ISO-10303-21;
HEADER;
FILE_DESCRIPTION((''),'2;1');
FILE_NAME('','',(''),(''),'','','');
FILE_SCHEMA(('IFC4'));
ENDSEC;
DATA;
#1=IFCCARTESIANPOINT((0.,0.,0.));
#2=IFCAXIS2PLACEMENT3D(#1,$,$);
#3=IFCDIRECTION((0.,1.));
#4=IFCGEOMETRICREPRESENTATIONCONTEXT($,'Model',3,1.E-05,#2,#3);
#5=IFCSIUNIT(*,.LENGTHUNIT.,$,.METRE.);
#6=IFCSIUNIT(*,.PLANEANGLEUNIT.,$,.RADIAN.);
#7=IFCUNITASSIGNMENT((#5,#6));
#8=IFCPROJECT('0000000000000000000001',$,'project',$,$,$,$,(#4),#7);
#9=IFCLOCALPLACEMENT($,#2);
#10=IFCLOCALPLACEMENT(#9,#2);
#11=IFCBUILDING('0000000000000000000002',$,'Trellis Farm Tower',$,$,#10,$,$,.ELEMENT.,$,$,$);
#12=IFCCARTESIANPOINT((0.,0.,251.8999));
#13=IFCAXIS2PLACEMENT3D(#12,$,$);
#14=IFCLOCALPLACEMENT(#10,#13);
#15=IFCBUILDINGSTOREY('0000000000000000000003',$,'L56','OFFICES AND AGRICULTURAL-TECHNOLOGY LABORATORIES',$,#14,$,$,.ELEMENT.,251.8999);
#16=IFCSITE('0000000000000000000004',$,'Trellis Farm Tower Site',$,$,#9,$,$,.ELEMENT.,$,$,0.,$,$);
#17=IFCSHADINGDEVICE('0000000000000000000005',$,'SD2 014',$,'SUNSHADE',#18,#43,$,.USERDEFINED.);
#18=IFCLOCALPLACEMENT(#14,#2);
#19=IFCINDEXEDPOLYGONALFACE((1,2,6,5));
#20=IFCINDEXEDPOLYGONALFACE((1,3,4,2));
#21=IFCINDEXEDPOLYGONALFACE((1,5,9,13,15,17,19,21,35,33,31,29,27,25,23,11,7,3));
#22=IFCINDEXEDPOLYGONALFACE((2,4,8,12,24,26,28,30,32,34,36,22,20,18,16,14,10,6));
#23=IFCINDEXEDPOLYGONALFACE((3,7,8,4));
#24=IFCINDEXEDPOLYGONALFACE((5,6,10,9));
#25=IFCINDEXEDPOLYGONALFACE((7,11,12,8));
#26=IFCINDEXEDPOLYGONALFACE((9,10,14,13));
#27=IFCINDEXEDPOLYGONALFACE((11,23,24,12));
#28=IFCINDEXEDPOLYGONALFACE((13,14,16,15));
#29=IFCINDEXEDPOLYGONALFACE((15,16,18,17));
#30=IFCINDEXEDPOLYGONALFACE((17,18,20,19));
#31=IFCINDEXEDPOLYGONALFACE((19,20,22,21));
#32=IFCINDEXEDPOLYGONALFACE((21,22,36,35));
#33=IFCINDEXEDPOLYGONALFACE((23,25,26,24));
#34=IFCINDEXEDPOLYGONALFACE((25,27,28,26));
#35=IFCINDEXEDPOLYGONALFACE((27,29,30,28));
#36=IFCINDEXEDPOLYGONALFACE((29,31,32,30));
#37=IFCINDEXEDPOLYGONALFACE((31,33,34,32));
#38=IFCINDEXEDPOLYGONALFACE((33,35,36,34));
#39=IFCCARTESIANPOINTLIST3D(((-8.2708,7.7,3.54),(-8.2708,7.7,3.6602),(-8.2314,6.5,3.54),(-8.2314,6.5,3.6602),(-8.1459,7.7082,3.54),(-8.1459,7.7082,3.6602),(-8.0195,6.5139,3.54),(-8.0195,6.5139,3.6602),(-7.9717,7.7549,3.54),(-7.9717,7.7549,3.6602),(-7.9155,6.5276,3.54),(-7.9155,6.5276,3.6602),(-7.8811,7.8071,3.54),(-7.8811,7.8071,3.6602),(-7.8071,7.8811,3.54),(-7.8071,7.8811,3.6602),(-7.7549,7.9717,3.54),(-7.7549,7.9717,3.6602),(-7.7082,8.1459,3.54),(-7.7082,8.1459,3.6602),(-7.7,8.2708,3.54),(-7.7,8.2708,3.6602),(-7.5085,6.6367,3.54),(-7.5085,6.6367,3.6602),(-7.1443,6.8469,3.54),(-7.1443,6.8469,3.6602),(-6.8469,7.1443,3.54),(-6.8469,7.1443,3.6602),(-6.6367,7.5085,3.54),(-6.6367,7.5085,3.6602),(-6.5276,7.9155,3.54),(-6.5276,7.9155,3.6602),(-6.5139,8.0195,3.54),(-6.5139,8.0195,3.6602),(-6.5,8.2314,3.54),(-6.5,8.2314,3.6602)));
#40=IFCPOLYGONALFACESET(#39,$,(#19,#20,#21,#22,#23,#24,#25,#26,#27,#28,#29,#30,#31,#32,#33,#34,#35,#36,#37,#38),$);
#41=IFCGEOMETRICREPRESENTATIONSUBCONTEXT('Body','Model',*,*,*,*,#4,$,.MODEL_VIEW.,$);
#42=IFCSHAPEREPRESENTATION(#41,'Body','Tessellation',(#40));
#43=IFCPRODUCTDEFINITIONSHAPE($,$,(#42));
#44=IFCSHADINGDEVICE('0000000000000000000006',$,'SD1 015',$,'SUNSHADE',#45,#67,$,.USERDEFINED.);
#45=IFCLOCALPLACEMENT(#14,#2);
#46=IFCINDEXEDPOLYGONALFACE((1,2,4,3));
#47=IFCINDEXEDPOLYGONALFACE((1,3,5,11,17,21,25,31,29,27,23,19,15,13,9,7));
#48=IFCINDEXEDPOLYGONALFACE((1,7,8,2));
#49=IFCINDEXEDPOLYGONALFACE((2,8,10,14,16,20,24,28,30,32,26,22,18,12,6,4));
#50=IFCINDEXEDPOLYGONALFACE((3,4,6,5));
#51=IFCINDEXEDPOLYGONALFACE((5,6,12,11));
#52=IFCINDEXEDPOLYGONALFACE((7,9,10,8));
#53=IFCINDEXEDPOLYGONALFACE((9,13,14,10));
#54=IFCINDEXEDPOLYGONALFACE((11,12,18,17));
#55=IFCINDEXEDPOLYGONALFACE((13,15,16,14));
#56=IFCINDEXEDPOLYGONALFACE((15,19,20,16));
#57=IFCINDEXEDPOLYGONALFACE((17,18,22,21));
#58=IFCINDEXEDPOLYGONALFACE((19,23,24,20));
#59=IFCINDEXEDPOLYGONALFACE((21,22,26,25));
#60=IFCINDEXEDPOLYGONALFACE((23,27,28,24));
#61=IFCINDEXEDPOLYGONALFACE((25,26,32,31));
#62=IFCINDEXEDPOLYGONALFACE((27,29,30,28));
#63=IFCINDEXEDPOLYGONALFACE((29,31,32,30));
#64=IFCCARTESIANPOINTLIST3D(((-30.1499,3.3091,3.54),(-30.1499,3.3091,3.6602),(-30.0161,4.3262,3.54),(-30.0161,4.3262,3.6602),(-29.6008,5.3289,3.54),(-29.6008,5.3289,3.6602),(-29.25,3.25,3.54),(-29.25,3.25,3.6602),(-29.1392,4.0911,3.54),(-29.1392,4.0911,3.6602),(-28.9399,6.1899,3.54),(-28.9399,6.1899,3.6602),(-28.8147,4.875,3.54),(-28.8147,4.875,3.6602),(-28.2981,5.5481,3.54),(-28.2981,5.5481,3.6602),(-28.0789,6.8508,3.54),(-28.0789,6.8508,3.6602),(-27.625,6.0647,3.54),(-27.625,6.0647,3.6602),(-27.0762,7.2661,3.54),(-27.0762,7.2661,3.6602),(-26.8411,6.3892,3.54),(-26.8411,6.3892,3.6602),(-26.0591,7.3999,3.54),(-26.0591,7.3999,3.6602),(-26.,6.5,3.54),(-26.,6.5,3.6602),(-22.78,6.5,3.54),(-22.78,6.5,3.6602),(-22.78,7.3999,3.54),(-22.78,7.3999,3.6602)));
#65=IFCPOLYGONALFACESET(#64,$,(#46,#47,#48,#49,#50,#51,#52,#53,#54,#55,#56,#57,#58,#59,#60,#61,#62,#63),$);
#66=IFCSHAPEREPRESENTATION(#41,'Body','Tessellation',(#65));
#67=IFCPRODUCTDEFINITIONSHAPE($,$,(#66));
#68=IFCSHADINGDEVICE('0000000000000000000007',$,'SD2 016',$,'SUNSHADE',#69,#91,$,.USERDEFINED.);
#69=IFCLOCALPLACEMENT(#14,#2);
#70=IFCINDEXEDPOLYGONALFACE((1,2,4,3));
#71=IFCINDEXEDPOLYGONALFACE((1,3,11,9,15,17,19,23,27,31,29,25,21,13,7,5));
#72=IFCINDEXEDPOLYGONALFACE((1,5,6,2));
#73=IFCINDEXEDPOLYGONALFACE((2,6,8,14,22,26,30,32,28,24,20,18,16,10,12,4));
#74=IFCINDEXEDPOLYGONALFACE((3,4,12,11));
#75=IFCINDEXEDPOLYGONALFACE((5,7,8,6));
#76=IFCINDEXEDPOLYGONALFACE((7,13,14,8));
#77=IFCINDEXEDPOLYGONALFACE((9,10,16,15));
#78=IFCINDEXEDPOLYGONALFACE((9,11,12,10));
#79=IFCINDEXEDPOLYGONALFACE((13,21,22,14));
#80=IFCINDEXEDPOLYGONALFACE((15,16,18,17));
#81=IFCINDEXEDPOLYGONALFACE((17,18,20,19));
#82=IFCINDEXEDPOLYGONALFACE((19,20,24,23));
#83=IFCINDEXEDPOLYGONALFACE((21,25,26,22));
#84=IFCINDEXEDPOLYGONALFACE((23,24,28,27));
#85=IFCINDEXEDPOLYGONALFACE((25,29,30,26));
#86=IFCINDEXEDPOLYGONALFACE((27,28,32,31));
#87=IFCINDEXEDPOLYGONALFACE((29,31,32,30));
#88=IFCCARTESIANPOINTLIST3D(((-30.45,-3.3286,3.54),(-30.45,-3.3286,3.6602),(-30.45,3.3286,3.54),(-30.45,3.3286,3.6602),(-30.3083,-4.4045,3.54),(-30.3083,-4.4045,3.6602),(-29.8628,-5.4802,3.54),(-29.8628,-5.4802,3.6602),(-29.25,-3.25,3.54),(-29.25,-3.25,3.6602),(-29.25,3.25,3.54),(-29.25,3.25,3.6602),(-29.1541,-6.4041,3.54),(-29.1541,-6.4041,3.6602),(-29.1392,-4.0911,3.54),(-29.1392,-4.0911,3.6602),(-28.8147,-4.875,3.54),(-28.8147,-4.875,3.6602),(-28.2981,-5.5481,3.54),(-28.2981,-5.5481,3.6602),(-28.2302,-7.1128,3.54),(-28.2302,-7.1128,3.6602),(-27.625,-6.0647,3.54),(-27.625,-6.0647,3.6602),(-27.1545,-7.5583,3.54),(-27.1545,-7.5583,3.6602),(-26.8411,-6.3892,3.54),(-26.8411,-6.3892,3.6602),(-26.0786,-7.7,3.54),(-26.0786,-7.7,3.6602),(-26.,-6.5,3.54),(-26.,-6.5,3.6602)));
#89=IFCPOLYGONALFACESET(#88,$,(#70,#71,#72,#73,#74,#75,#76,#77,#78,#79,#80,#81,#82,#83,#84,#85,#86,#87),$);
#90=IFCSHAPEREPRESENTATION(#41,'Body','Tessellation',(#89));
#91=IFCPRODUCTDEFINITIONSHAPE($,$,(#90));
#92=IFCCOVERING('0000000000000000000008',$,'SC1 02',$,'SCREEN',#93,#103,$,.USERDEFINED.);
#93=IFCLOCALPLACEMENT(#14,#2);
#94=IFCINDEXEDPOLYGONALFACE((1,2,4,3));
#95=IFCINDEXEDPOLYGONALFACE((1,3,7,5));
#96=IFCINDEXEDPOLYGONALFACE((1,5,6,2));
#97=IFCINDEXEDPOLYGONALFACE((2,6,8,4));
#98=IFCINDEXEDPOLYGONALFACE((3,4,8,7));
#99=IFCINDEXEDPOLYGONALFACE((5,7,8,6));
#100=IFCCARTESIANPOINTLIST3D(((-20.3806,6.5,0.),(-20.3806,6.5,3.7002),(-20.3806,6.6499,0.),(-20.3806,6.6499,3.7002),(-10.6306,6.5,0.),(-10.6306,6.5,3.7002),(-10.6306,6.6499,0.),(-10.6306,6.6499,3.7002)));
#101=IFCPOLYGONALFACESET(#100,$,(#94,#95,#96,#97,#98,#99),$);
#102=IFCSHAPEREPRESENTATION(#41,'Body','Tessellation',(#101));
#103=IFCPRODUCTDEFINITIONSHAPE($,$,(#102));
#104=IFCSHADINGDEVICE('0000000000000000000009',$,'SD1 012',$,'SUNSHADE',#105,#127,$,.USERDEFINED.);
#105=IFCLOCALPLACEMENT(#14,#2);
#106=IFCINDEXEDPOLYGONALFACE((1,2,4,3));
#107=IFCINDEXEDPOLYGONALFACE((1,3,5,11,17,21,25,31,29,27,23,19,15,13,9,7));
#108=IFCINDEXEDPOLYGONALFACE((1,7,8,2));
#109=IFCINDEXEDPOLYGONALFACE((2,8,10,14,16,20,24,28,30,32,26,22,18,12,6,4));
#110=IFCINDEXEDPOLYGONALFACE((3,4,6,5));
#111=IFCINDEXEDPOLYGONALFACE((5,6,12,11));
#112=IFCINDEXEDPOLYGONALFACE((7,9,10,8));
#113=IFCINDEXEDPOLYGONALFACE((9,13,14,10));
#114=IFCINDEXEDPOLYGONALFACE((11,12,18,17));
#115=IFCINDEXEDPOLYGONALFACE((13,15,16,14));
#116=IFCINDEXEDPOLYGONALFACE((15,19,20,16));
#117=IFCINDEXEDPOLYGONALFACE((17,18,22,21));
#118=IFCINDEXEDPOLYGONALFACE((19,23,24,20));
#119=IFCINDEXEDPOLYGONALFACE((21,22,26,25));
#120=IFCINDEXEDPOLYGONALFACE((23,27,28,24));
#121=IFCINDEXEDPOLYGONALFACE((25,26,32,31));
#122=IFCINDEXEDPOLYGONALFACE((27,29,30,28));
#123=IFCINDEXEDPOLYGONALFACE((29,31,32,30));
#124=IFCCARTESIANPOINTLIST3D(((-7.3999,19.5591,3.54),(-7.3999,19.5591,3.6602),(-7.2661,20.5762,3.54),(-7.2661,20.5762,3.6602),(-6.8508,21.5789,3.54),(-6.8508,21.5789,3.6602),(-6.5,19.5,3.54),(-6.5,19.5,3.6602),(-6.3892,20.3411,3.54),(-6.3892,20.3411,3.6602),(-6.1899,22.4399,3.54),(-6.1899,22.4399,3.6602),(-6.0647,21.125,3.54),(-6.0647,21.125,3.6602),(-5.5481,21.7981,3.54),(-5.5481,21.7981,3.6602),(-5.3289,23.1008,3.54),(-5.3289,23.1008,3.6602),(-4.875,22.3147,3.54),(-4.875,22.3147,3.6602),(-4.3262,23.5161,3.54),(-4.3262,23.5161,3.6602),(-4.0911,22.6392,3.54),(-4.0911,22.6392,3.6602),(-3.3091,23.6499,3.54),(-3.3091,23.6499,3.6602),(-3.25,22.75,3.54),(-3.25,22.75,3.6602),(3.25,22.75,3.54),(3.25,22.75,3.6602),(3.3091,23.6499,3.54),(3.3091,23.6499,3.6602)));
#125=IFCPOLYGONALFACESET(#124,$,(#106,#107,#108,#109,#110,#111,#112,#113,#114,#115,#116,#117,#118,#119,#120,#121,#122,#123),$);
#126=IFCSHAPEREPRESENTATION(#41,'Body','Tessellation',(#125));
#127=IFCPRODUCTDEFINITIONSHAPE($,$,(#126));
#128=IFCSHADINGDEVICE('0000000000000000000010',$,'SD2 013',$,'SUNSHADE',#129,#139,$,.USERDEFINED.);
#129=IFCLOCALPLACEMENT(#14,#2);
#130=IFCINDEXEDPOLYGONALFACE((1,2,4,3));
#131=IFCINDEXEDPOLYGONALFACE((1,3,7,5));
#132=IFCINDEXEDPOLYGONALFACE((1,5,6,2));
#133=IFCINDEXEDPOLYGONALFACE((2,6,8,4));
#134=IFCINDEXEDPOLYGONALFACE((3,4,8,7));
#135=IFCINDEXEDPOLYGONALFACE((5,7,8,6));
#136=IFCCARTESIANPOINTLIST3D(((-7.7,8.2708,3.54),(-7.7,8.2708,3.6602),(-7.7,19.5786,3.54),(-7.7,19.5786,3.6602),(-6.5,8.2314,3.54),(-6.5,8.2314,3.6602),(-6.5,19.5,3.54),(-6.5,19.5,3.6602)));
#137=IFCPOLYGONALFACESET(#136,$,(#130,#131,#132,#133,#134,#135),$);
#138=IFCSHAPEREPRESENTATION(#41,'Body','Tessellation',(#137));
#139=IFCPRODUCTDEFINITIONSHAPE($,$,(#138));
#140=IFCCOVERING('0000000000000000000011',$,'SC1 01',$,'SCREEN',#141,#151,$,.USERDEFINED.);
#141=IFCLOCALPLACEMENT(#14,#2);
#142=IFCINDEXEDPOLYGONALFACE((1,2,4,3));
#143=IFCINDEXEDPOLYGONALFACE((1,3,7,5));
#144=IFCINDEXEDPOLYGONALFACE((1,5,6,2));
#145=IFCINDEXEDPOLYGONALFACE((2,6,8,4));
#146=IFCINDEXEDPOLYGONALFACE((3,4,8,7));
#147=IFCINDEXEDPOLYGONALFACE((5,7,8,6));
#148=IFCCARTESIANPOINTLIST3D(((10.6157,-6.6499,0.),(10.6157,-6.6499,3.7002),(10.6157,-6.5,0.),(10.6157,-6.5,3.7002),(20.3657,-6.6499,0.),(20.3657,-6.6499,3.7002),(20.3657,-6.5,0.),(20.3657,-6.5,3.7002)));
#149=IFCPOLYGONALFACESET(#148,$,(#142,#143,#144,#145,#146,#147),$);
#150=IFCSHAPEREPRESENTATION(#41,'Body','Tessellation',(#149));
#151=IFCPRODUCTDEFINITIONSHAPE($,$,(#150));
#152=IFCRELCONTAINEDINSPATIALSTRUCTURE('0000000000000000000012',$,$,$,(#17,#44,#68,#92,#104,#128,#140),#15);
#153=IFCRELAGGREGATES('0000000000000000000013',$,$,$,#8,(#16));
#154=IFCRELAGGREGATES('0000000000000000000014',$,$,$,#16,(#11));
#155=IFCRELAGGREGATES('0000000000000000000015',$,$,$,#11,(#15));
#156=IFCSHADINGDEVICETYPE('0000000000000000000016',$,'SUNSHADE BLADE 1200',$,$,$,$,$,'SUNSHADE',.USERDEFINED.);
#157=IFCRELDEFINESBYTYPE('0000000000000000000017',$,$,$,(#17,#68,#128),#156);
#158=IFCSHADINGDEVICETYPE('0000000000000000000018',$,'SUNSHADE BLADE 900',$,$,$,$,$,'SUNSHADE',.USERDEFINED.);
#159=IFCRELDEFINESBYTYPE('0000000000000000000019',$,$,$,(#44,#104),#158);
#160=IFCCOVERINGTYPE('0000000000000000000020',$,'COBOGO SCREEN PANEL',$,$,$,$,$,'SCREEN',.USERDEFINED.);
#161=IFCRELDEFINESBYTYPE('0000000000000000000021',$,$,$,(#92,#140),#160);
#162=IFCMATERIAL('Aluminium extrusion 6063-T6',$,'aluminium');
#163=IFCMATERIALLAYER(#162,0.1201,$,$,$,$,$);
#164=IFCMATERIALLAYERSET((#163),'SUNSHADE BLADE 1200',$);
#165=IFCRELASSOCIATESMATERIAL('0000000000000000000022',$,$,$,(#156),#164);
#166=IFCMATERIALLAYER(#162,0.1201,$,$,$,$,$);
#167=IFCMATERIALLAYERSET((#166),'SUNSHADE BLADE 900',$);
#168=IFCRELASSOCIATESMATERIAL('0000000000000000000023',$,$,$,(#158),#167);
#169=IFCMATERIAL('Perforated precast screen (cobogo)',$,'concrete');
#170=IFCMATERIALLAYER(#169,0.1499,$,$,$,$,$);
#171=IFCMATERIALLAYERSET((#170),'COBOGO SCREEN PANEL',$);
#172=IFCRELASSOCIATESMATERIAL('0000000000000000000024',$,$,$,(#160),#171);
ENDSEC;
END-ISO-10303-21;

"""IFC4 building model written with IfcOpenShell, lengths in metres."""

from ifc_helpers import new_model, si_unit, direction, frame, origin, place, context, subcontext, project, spatial, polyline, outline, extrude, source, transform, mapped, material, layer, layer_set, type_object, element, save


model = new_model("IFC4")

# Units and contexts
model_context = context("Model", 3, precision=1e-05, world=origin(), true_north=direction((0.0, 1.0)))
body_context = subcontext(model_context, "Body", "Model", "MODEL_VIEW")
ifc_project = project(units=[si_unit("LENGTHUNIT", "METRE"), si_unit("PLANEANGLEUNIT", "RADIAN")], contexts=[model_context])

# Site, building, storey
site_placement = place(None, origin())
site = spatial("IfcSite", under=ifc_project, at=site_placement, Name="Trellis Farm Tower Site", CompositionType="ELEMENT", RefElevation=0.0)
building_placement = place(site_placement, origin())
building = spatial("IfcBuilding", under=site, at=building_placement, Name="Trellis Farm Tower", CompositionType="ELEMENT")
storey_placement = place(building_placement, frame((0.0, 0.0, 251.8999)))
storey = spatial("IfcBuildingStorey", under=building, at=storey_placement, Name="L56", Description="OFFICES AND AGRICULTURAL-TECHNOLOGY LABORATORIES", CompositionType="ELEMENT", Elevation=251.8999)

# Shared definitions
placement_1 = place(storey_placement, origin())
ifc_material_1 = material(Name="Aluminium extrusion 6063-T6", Category="aluminium")

# Shading devices
ifc_layer_1 = layer(ifc_material_1, 0.1201)
ifc_layer_set_1 = layer_set([ifc_layer_1], Name="SUNSHADE BLADE 1200")
shading_device_type_1 = type_object("IfcShadingDeviceType", Name="SUNSHADE BLADE 1200", ElementType="SUNSHADE", PredefinedType="USERDEFINED", material=ifc_layer_set_1)
shared_shape_1 = source(origin(), body_context, "Body", "SweptSolid", [
    extrude(outline(polyline([(-7.7, 8.2708), (-7.7087, 8.1372), (-7.707, 8.1501), (-7.7549, 7.9717), (-7.8071, 7.8811), (-7.8811, 7.8071), (-7.9717, 7.7549), (-8.1501, 7.707), (-8.1372, 7.7087), (-8.2708, 7.7), (-8.2314, 6.5), (-8.0195, 6.5139), (-7.9155, 6.5276), (-7.5085, 6.6367), (-7.1443, 6.8469), (-6.8469, 7.1443), (-6.6367, 7.5085), (-6.5276, 7.9155), (-6.5139, 8.0195), (-6.5, 8.2314), (-7.7, 8.2708)])), origin(), (0.0, 0.0, 1.0), 0.1201),
])
placement_2 = place(storey_placement, frame((0.0, 0.0, 3.54)))
element("IfcShadingDevice", 1, at=placement_2, inside=storey, type_object=shading_device_type_1, Name="SD2 014", ObjectType="SUNSHADE", PredefinedType="USERDEFINED", context=body_context, shape_type="MappedRepresentation", body=[
    mapped(shared_shape_1, transform((0.0, 0.0, 0.0))),
])
ifc_layer_2 = layer(ifc_material_1, 0.1201)
ifc_layer_set_2 = layer_set([ifc_layer_2], Name="SUNSHADE BLADE 900")
shading_device_type_2 = type_object("IfcShadingDeviceType", Name="SUNSHADE BLADE 900", ElementType="SUNSHADE", PredefinedType="USERDEFINED", material=ifc_layer_set_2)
shared_shape_2 = source(origin(), body_context, "Body", "SweptSolid", [
    extrude(outline(polyline([(-22.78, 7.3999), (-26.0591, 7.3999), (-27.0762, 7.2661), (-28.0789, 6.8508), (-28.9399, 6.1899), (-29.6008, 5.3289), (-30.0161, 4.3262), (-30.1499, 3.3091), (-29.25, 3.25), (-29.1392, 4.0911), (-28.8147, 4.875), (-28.2981, 5.5481), (-27.625, 6.0647), (-26.8411, 6.3892), (-26.0, 6.5), (-22.78, 6.5), (-22.78, 7.3999)])), origin(), (0.0, 0.0, 1.0), 0.1201),
])
element("IfcShadingDevice", 2, at=placement_2, inside=storey, type_object=shading_device_type_2, Name="SD1 015", ObjectType="SUNSHADE", PredefinedType="USERDEFINED", context=body_context, shape_type="MappedRepresentation", body=[
    mapped(shared_shape_2, transform((0.0, 0.0, 0.0))),
])
shared_shape_3 = source(origin(), body_context, "Body", "SweptSolid", [
    extrude(outline(polyline([(-30.45, 3.3286), (-30.45, -3.3286), (-30.3083, -4.4045), (-29.8628, -5.4802), (-29.1541, -6.4041), (-28.2302, -7.1128), (-27.1545, -7.5583), (-26.0786, -7.7), (-26.0, -6.5), (-26.8411, -6.3892), (-27.625, -6.0647), (-28.2981, -5.5481), (-28.8147, -4.875), (-29.1392, -4.0911), (-29.25, -3.25), (-29.25, 3.25), (-30.45, 3.3286)])), origin(), (0.0, 0.0, 1.0), 0.1201),
])
element("IfcShadingDevice", 3, at=placement_2, inside=storey, type_object=shading_device_type_1, Name="SD2 016", ObjectType="SUNSHADE", PredefinedType="USERDEFINED", context=body_context, shape_type="MappedRepresentation", body=[
    mapped(shared_shape_3, transform((0.0, 0.0, 0.0))),
])

# Covering
ifc_material_2 = material(Name="Perforated precast screen (cobogo)", Category="concrete")
ifc_layer_3 = layer(ifc_material_2, 0.1499)
ifc_layer_set_3 = layer_set([ifc_layer_3], Name="COBOGO SCREEN PANEL")
covering_type = type_object("IfcCoveringType", Name="COBOGO SCREEN PANEL", ElementType="SCREEN", PredefinedType="USERDEFINED", material=ifc_layer_set_3)
shared_shape_4 = source(origin(), body_context, "Body", "SweptSolid", [
    extrude(outline(polyline([(-10.6306, 6.6499), (-20.3806, 6.6499), (-20.3806, 6.5), (-10.6306, 6.5), (-10.6306, 6.6499)])), origin(), (0.0, 0.0, 1.0), 3.7002),
])
element("IfcCovering", 4, at=placement_1, inside=storey, type_object=covering_type, Name="SC1 02", ObjectType="SCREEN", PredefinedType="USERDEFINED", context=body_context, shape_type="MappedRepresentation", body=[
    mapped(shared_shape_4, transform((0.0, 0.0, 0.0))),
])

# Shading devices
shared_shape_5 = source(origin(), body_context, "Body", "SweptSolid", [
    extrude(outline(polyline([(3.3091, 23.6499), (-3.3091, 23.6499), (-4.3262, 23.5161), (-5.3289, 23.1008), (-6.1899, 22.4399), (-6.8508, 21.5789), (-7.2661, 20.5762), (-7.3999, 19.5591), (-6.5, 19.5), (-6.3892, 20.3411), (-6.0647, 21.125), (-5.5481, 21.7981), (-4.875, 22.3147), (-4.0911, 22.6392), (-3.25, 22.75), (3.25, 22.75), (3.3091, 23.6499)])), origin(), (0.0, 0.0, 1.0), 0.1201),
])
element("IfcShadingDevice", 5, at=placement_2, inside=storey, type_object=shading_device_type_2, Name="SD1 012", ObjectType="SUNSHADE", PredefinedType="USERDEFINED", context=body_context, shape_type="MappedRepresentation", body=[
    mapped(shared_shape_5, transform((0.0, 0.0, 0.0))),
])
shared_shape_6 = source(origin(), body_context, "Body", "SweptSolid", [
    extrude(outline(polyline([(-7.7, 19.5786), (-7.7, 8.2708), (-6.5, 8.2314), (-6.5, 19.5), (-7.7, 19.5786)])), origin(), (0.0, 0.0, 1.0), 0.1201),
])
element("IfcShadingDevice", 6, at=placement_2, inside=storey, type_object=shading_device_type_1, Name="SD2 013", ObjectType="SUNSHADE", PredefinedType="USERDEFINED", context=body_context, shape_type="MappedRepresentation", body=[
    mapped(shared_shape_6, transform((0.0, 0.0, 0.0))),
])

# Covering
shared_shape_7 = source(origin(), body_context, "Body", "SweptSolid", [
    extrude(outline(polyline([(10.6157, -6.6499), (20.3657, -6.6499), (20.3657, -6.5), (10.6157, -6.5), (10.6157, -6.6499)])), origin(), (0.0, 0.0, 1.0), 3.7002),
])
element("IfcCovering", 7, at=placement_1, inside=storey, type_object=covering_type, Name="SC1 01", ObjectType="SCREEN", PredefinedType="USERDEFINED", context=body_context, shape_type="MappedRepresentation", body=[
    mapped(shared_shape_7, transform((0.0, 0.0, 0.0))),
])

save(model, "model.ifc")
